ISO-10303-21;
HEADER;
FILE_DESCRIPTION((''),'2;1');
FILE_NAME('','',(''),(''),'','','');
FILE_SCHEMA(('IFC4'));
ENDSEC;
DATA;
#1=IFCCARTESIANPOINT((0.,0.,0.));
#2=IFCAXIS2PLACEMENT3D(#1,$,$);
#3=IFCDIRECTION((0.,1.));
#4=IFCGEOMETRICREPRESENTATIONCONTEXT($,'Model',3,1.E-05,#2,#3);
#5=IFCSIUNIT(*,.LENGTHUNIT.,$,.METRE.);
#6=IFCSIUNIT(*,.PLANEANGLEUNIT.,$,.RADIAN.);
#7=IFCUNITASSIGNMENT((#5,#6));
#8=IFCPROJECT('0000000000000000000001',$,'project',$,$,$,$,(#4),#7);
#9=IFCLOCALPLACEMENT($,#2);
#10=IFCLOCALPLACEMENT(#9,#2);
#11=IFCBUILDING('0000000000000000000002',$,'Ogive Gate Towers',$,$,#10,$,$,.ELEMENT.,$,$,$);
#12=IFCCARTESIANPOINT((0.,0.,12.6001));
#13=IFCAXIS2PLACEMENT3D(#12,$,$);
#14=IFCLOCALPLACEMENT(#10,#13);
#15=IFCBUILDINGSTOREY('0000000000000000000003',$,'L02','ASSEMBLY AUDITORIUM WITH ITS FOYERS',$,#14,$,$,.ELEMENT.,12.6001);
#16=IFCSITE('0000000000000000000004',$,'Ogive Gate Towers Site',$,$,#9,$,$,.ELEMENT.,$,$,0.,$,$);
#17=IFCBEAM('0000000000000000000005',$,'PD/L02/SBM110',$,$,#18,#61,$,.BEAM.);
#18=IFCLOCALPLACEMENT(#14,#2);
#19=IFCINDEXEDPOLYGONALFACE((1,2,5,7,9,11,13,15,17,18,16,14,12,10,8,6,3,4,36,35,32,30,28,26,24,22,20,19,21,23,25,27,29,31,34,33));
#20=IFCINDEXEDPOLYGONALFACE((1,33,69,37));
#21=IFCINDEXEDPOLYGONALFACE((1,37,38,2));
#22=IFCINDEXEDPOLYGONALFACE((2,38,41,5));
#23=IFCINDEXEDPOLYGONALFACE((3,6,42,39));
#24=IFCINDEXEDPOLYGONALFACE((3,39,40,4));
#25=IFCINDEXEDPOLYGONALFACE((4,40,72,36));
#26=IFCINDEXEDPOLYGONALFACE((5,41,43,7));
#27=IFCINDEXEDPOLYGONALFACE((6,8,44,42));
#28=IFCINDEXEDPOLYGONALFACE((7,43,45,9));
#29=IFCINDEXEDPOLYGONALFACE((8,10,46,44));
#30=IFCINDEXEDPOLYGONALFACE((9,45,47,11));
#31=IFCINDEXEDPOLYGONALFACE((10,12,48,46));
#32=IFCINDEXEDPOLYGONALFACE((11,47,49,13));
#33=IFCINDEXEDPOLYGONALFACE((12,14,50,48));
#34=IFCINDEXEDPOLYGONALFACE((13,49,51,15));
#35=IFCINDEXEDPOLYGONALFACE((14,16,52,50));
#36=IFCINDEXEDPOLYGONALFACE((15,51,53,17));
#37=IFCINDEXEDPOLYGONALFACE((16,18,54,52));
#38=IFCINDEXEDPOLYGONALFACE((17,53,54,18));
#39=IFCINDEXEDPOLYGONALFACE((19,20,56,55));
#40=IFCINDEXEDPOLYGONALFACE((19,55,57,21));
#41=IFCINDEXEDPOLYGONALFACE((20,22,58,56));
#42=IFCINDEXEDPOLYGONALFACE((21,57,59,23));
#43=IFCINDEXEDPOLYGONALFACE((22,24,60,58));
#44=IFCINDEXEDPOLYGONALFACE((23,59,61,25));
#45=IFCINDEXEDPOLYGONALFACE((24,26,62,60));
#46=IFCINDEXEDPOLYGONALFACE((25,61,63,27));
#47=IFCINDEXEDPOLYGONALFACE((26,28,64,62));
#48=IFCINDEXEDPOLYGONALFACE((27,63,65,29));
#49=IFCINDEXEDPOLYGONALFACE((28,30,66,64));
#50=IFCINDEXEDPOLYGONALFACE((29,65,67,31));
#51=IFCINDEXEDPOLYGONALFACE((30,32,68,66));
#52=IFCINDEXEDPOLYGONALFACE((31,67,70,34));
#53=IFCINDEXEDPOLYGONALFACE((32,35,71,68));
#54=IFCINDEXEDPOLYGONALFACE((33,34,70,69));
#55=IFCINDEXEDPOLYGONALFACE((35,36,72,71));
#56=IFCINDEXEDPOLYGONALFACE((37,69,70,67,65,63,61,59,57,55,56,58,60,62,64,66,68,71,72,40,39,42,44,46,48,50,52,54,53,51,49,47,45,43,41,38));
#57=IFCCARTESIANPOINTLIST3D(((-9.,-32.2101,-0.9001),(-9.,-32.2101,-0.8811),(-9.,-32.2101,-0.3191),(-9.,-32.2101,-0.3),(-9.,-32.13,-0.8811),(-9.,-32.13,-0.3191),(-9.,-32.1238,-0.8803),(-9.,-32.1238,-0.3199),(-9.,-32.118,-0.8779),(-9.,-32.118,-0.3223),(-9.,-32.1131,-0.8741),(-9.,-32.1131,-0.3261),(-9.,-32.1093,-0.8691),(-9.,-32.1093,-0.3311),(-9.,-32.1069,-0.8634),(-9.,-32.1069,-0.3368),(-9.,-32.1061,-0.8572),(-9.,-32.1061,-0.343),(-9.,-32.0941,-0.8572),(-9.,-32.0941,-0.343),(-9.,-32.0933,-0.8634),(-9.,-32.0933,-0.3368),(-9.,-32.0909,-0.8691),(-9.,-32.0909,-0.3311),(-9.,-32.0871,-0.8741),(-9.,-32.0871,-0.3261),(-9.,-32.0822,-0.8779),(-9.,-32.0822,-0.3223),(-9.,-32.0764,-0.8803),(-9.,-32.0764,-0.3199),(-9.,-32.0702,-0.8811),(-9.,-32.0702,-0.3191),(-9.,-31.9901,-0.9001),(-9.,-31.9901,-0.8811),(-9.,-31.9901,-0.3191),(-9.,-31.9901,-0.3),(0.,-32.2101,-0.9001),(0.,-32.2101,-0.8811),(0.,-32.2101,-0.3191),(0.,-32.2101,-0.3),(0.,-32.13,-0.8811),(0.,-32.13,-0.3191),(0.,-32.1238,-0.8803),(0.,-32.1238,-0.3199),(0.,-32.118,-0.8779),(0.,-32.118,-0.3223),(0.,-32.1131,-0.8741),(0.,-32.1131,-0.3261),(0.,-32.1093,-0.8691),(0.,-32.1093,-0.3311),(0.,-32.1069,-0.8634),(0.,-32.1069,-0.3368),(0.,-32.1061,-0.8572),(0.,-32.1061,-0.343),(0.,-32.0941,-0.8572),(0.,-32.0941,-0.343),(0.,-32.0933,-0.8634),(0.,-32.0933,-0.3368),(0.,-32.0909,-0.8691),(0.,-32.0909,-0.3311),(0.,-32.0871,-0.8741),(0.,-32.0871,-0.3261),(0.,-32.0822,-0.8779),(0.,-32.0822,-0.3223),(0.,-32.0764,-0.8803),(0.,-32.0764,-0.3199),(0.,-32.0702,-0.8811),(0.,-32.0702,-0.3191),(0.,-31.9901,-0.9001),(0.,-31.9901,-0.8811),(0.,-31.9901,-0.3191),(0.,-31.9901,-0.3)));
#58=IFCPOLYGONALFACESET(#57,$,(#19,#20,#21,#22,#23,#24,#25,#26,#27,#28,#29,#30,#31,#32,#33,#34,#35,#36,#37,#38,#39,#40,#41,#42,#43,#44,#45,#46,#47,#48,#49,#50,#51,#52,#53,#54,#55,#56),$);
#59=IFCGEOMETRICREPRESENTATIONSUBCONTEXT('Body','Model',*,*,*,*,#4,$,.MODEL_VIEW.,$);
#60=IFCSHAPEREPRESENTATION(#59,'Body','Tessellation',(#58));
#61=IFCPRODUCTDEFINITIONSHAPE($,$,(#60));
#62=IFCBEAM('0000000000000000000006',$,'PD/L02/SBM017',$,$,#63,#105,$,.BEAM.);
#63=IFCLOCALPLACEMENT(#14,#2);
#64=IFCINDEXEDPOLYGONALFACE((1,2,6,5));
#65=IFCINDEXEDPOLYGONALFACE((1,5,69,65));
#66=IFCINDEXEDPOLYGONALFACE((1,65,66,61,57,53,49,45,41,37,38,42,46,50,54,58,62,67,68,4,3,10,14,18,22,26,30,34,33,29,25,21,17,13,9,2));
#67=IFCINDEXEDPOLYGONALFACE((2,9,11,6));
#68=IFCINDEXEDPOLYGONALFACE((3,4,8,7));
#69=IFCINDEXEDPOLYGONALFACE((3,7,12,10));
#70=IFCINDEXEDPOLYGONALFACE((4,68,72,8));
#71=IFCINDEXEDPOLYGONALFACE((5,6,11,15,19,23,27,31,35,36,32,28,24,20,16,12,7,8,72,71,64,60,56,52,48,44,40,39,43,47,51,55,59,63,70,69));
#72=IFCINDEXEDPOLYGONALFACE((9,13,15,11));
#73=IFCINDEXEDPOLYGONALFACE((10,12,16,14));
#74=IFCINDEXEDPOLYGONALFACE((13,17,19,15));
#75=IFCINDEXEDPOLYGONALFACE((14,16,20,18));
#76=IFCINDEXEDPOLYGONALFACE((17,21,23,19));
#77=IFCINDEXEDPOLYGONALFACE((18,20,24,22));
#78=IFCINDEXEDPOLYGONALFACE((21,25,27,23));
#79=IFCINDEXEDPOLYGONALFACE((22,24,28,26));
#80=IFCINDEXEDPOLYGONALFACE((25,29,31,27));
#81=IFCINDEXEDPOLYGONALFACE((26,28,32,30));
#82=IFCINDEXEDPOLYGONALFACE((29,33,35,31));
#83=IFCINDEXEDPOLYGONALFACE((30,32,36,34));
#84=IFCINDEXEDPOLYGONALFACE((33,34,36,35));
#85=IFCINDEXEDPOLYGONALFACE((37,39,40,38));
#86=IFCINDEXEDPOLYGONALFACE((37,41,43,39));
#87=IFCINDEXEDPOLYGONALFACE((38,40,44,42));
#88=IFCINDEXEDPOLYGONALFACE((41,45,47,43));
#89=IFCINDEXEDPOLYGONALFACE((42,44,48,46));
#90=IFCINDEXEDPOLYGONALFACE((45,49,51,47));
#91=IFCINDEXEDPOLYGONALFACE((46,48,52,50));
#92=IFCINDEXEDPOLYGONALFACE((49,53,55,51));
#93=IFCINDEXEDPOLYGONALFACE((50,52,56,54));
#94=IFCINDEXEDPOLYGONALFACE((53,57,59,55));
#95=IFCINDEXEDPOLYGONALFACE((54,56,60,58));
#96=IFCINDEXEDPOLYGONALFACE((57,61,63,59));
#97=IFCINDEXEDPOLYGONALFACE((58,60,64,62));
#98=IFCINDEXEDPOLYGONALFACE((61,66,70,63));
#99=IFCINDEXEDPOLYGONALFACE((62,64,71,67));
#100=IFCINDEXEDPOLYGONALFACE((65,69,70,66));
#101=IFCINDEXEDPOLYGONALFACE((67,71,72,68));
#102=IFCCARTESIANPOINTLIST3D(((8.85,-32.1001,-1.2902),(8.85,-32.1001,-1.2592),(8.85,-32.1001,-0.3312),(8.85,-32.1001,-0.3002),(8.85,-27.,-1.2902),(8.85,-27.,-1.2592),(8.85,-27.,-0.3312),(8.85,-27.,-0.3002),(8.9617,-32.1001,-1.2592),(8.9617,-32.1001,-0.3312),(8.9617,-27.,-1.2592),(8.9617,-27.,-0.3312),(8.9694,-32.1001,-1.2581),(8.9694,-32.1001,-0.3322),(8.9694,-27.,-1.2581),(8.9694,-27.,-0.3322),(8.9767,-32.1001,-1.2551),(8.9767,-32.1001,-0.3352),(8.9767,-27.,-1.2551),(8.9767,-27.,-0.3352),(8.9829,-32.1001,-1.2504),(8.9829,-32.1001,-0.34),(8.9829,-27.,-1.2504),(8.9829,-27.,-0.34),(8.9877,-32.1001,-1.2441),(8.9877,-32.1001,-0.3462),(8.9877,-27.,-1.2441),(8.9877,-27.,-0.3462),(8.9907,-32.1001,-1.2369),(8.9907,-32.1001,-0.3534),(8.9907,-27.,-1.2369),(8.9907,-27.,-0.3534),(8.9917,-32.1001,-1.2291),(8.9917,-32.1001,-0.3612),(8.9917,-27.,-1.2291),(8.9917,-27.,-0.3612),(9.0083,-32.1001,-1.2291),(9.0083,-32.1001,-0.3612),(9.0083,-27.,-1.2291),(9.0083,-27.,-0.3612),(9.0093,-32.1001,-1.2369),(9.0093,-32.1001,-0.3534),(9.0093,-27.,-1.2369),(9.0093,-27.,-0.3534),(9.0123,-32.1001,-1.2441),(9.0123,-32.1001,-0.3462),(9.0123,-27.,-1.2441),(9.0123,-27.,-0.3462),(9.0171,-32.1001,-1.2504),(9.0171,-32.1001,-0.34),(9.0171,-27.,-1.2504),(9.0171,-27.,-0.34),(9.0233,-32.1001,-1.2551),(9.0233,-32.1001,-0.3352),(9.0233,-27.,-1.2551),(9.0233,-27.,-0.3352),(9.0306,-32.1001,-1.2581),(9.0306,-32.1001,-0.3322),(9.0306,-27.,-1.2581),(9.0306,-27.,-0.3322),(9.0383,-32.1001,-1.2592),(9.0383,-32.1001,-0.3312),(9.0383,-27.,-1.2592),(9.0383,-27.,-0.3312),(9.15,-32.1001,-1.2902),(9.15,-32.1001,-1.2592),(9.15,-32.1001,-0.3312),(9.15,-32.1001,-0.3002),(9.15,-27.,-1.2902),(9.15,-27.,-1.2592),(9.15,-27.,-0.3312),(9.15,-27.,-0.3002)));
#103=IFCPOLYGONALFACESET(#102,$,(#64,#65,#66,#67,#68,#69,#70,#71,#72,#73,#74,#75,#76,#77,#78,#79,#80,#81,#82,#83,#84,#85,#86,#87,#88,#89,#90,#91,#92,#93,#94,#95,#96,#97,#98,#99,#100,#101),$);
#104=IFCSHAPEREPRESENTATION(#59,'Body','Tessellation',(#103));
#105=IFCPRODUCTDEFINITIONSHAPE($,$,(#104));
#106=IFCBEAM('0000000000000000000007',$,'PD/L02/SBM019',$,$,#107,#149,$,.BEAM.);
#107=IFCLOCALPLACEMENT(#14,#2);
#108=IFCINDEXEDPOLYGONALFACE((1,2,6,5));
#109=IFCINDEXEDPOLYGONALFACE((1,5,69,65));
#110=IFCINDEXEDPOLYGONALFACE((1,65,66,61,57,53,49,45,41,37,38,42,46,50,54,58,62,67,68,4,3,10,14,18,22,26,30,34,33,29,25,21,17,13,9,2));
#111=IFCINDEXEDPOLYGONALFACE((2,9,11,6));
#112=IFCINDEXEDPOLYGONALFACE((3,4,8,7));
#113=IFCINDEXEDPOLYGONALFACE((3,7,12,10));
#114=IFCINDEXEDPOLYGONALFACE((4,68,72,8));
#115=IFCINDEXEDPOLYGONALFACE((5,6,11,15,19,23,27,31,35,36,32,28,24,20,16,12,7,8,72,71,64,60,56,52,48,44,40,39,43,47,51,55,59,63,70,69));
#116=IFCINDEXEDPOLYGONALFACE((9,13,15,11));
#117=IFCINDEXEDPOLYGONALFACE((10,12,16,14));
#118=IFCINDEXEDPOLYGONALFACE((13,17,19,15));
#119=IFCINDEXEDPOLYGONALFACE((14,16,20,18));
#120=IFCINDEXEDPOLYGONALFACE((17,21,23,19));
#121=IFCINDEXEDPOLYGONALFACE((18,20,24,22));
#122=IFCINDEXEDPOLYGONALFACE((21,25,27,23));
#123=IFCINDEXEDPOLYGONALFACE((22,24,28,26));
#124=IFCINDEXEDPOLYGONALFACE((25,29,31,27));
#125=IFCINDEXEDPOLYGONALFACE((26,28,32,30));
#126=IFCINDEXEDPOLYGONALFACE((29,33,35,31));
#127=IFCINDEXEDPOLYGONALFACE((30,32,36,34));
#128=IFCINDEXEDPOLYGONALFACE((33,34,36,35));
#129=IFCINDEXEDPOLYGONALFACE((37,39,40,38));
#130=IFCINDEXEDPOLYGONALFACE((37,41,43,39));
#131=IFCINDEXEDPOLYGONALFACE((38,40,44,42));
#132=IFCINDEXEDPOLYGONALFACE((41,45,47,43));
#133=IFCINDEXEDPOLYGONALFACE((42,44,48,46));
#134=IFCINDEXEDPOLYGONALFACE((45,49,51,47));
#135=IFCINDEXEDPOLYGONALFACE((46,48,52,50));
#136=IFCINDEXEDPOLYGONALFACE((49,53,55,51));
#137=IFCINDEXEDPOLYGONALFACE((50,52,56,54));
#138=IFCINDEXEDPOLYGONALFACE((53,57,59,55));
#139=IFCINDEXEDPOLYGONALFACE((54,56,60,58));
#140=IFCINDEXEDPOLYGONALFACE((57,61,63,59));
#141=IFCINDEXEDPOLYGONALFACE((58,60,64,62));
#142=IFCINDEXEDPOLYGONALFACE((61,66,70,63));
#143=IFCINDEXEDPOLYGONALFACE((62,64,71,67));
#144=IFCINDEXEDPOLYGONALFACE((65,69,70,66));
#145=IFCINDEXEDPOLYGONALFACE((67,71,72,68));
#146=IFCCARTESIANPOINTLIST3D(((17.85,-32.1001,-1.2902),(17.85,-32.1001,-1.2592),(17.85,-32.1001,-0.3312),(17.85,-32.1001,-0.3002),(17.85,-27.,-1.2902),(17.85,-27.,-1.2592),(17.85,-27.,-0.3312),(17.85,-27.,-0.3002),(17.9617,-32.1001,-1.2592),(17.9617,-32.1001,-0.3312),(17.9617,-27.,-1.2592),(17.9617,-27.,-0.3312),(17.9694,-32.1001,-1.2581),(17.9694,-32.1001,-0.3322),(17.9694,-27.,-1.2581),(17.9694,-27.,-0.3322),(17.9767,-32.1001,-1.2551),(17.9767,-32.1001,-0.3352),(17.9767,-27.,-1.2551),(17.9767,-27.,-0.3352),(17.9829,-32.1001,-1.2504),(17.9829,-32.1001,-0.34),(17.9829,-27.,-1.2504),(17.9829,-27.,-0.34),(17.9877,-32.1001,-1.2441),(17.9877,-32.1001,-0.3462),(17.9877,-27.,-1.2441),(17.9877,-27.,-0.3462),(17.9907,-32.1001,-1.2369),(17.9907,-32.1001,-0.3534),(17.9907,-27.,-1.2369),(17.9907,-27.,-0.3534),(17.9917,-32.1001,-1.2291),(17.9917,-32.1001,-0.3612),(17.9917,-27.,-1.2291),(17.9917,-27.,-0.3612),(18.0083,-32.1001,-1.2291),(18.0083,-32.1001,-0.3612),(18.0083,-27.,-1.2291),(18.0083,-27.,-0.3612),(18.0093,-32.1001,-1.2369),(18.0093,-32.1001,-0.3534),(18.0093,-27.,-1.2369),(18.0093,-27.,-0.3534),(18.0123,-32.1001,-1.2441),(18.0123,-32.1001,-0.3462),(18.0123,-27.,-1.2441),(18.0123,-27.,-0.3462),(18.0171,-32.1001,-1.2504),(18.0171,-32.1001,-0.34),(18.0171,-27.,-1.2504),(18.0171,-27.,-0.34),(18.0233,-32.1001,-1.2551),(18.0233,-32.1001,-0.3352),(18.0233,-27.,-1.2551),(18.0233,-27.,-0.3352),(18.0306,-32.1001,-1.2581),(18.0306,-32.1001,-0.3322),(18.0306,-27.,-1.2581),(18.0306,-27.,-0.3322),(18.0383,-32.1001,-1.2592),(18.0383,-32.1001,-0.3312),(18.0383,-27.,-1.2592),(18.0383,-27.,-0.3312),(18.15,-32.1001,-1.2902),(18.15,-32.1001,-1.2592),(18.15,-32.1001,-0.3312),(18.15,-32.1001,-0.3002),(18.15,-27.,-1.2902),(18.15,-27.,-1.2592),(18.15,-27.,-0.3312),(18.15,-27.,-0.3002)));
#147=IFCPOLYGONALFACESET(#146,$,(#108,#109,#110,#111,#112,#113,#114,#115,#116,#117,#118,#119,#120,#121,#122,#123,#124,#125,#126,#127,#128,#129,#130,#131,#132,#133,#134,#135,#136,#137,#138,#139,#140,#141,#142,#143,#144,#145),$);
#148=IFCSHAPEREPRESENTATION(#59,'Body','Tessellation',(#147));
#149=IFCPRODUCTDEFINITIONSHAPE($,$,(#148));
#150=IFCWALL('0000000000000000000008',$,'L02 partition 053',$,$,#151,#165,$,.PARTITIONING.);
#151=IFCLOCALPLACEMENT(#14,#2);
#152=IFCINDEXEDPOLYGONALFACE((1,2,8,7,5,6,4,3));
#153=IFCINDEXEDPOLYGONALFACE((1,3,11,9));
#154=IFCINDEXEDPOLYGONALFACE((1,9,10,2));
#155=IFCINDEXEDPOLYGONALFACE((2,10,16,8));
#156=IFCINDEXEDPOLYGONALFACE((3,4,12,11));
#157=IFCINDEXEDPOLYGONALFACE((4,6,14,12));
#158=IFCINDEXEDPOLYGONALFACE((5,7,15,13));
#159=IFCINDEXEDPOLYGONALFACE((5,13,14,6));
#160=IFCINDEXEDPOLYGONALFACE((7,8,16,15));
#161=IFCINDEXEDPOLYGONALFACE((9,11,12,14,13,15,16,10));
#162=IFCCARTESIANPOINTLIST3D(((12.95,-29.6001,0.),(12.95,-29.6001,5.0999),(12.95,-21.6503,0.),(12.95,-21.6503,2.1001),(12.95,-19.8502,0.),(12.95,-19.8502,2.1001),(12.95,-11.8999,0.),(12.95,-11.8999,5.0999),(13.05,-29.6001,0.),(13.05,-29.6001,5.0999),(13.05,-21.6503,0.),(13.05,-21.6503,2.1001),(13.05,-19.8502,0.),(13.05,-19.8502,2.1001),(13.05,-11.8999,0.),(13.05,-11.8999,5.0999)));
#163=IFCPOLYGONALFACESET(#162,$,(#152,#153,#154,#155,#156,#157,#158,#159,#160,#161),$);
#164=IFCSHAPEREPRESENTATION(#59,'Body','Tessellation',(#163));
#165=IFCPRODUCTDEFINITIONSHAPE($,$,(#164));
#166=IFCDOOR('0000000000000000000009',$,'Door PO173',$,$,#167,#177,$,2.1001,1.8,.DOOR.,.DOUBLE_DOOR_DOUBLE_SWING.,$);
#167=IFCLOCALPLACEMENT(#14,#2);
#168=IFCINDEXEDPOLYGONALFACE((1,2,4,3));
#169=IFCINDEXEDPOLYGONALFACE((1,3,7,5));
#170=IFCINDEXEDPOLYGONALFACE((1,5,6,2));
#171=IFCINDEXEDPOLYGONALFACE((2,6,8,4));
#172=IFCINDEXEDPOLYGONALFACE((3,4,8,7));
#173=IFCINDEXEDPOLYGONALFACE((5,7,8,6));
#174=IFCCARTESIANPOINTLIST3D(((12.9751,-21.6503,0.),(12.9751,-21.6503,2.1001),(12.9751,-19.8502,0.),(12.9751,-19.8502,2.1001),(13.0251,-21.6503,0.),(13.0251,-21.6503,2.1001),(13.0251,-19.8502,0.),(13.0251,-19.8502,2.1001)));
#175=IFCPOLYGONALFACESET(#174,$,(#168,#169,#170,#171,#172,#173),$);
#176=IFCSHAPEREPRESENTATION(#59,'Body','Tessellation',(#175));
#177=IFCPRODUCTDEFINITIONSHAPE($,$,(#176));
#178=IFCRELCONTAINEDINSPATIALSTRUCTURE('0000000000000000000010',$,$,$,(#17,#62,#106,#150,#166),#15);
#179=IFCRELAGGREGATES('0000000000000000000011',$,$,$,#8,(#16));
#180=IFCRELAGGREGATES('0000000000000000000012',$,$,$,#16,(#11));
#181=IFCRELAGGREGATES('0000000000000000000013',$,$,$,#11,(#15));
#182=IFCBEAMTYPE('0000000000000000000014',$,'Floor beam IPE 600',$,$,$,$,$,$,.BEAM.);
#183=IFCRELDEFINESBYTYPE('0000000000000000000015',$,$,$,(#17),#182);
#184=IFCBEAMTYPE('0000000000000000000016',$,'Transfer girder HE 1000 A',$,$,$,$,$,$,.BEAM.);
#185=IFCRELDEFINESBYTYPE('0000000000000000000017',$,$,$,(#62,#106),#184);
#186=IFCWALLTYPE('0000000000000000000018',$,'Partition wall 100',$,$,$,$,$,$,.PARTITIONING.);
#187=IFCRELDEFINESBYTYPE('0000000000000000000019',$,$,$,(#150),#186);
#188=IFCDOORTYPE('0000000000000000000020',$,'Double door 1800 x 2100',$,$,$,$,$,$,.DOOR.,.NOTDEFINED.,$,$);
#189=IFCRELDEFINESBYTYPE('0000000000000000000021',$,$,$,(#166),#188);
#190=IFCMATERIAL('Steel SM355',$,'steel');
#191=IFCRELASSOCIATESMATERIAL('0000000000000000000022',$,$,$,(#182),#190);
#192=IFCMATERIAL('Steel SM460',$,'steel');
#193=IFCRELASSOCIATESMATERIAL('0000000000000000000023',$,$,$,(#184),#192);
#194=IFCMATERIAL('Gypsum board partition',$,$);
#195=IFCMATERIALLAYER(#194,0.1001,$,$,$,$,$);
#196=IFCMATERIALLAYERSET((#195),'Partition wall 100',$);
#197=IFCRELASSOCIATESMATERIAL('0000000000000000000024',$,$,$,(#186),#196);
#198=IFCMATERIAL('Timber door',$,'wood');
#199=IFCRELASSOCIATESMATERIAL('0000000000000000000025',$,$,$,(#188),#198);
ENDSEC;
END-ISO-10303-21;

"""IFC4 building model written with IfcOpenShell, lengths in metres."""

from ifc_helpers import new_model, si_unit, direction, frame, frame_2d, origin, origin_2d, place, context, subcontext, project, spatial, rectangle, i_section, extrude, material, layer, layer_set, material_profile, profile_set, type_object, element, fill, save


model = new_model("IFC4")

# Units and contexts
model_context = context("Model", 3, precision=1e-05, world=origin(), true_north=direction((0.0, 1.0)))
body_context = subcontext(model_context, "Body", "Model", "MODEL_VIEW")
ifc_project = project(units=[si_unit("LENGTHUNIT", "METRE"), si_unit("PLANEANGLEUNIT", "RADIAN")], contexts=[model_context])

# Site, building, storey
site_placement = place(None, origin())
site = spatial("IfcSite", under=ifc_project, at=site_placement, Name="Ogive Gate Towers Site", CompositionType="ELEMENT", RefElevation=0.0)
building_placement = place(site_placement, origin())
building = spatial("IfcBuilding", under=site, at=building_placement, Name="Ogive Gate Towers", CompositionType="ELEMENT")
storey_placement = place(building_placement, frame((0.0, 0.0, 12.6001)))
storey = spatial("IfcBuildingStorey", under=building, at=storey_placement, Name="L02", Description="ASSEMBLY AUDITORIUM WITH ITS FOYERS", CompositionType="ELEMENT", Elevation=12.6001)

# Beams
ifc_material_1 = material(Name="Steel SM355", Category="steel")
ifc_material_profile_1 = material_profile(ifc_material_1, i_section(OverallWidth=0.22, OverallDepth=0.6001, WebThickness=0.012, FlangeThickness=0.019, FilletRadius=0.0239, at=origin_2d()), Name="IPE 600")
ifc_profile_set_1 = profile_set([ifc_material_profile_1], Name="Steel SM355")
beam_type_1 = type_object("IfcBeamType", Name="Floor beam IPE 600", PredefinedType="BEAM", material=ifc_profile_set_1)
for number, where, z_axis, x_axis, name in (
    (1, (0.0, -32.1001, -0.6001), (-1.0, 0.0, 0.0), (0.0, -1.0, 0.0), "PD/L02/SBM110"),
):
    element("IfcBeam", number, at=place(storey_placement, frame(where, z_axis=z_axis, x_axis=x_axis)), inside=storey, type_object=beam_type_1, Name=name, PredefinedType="BEAM", context=body_context, shape_type="SweptSolid", body=[
        extrude(i_section(OverallWidth=0.22, OverallDepth=0.6001, WebThickness=0.012, FlangeThickness=0.019, FilletRadius=0.0239, at=origin_2d()), origin(), (0.0, 0.0, 1.0), 9.0),
    ])
ifc_material_2 = material(Name="Steel SM460", Category="steel")
ifc_material_profile_2 = material_profile(ifc_material_2, i_section(OverallWidth=0.3, OverallDepth=0.99, WebThickness=0.0166, FlangeThickness=0.031, FilletRadius=0.03, at=origin_2d()), Name="HE 1000 A")
ifc_profile_set_2 = profile_set([ifc_material_profile_2], Name="Steel SM460")
beam_type_2 = type_object("IfcBeamType", Name="Transfer girder HE 1000 A", PredefinedType="BEAM", material=ifc_profile_set_2)
for number, where, z_axis, x_axis, name in (
    (2, (9.0, -32.1001, -0.7952), (0.0, 1.0, 0.0), (-1.0, 0.0, 0.0), "PD/L02/SBM017"),
    (3, (18.0, -32.1001, -0.7952), (0.0, 1.0, 0.0), (-1.0, 0.0, 0.0), "PD/L02/SBM019"),
):
    element("IfcBeam", number, at=place(storey_placement, frame(where, z_axis=z_axis, x_axis=x_axis)), inside=storey, type_object=beam_type_2, Name=name, PredefinedType="BEAM", context=body_context, shape_type="SweptSolid", body=[
        extrude(i_section(OverallWidth=0.3, OverallDepth=0.99, WebThickness=0.0166, FlangeThickness=0.031, FilletRadius=0.03, at=origin_2d()), origin(), (0.0, 0.0, 1.0), 5.1001),
    ])

# Wall, opening, door
ifc_material_3 = material(Name="Gypsum board partition")
ifc_layer_1 = layer(ifc_material_3, 0.1001)
ifc_layer_set_1 = layer_set([ifc_layer_1], Name="Partition wall 100")
wall_type_1 = type_object("IfcWallType", Name="Partition wall 100", PredefinedType="PARTITIONING", material=ifc_layer_set_1)
wall_1_placement = place(storey_placement, frame((13.0, -29.6001, 0.0), z_axis=(0.0, 0.0, 1.0), x_axis=(0.0, 1.0, 0.0)))
wall_1 = element("IfcWall", 4, at=wall_1_placement, inside=storey, type_object=wall_type_1, Name="L02 partition 053", PredefinedType="PARTITIONING", context=body_context, shape_type="SweptSolid", body=[
    extrude(rectangle(XDim=17.7002, YDim=0.1001, at=frame_2d((8.8501, 0.0))), origin(), (0.0, 0.0, 1.0), 5.0999),
])
opening_1_placement = place(wall_1_placement, frame((7.95, 0.0, 0.0)))
opening_1 = element("IfcOpeningElement", 5, at=opening_1_placement, cuts=wall_1, PredefinedType="OPENING", context=body_context, shape_type="SweptSolid", body=[
    extrude(rectangle(XDim=1.8, YDim=2.1001, at=frame_2d((0.8999, 1.05))), frame((0.0, 0.0601, 0.0), z_axis=(0.0, -1.0, 0.0), x_axis=(1.0, 0.0, 0.0)), (0.0, 0.0, 1.0), 0.1201),
])
ifc_material_4 = material(Name="Timber door", Category="wood")
door_type = type_object("IfcDoorType", Name="Double door 1800 x 2100", OperationType="NOTDEFINED", PredefinedType="DOOR", material=ifc_material_4)
door_placement = place(opening_1_placement, origin())
door = element("IfcDoor", 6, at=door_placement, inside=storey, type_object=door_type, Name="Door PO173", OperationType="DOUBLE_DOOR_DOUBLE_SWING", OverallHeight=2.1001, OverallWidth=1.8, PredefinedType="DOOR", context=body_context, shape_type="SweptSolid", body=[
    extrude(rectangle(XDim=1.8, YDim=2.1001, at=frame_2d((0.8999, 1.05))), frame((0.0, 0.0249, 0.0), z_axis=(0.0, -1.0, 0.0), x_axis=(1.0, 0.0, 0.0)), (0.0, 0.0, 1.0), 0.05),
])
fill(opening_1, door)

save(model, "model.ifc")
